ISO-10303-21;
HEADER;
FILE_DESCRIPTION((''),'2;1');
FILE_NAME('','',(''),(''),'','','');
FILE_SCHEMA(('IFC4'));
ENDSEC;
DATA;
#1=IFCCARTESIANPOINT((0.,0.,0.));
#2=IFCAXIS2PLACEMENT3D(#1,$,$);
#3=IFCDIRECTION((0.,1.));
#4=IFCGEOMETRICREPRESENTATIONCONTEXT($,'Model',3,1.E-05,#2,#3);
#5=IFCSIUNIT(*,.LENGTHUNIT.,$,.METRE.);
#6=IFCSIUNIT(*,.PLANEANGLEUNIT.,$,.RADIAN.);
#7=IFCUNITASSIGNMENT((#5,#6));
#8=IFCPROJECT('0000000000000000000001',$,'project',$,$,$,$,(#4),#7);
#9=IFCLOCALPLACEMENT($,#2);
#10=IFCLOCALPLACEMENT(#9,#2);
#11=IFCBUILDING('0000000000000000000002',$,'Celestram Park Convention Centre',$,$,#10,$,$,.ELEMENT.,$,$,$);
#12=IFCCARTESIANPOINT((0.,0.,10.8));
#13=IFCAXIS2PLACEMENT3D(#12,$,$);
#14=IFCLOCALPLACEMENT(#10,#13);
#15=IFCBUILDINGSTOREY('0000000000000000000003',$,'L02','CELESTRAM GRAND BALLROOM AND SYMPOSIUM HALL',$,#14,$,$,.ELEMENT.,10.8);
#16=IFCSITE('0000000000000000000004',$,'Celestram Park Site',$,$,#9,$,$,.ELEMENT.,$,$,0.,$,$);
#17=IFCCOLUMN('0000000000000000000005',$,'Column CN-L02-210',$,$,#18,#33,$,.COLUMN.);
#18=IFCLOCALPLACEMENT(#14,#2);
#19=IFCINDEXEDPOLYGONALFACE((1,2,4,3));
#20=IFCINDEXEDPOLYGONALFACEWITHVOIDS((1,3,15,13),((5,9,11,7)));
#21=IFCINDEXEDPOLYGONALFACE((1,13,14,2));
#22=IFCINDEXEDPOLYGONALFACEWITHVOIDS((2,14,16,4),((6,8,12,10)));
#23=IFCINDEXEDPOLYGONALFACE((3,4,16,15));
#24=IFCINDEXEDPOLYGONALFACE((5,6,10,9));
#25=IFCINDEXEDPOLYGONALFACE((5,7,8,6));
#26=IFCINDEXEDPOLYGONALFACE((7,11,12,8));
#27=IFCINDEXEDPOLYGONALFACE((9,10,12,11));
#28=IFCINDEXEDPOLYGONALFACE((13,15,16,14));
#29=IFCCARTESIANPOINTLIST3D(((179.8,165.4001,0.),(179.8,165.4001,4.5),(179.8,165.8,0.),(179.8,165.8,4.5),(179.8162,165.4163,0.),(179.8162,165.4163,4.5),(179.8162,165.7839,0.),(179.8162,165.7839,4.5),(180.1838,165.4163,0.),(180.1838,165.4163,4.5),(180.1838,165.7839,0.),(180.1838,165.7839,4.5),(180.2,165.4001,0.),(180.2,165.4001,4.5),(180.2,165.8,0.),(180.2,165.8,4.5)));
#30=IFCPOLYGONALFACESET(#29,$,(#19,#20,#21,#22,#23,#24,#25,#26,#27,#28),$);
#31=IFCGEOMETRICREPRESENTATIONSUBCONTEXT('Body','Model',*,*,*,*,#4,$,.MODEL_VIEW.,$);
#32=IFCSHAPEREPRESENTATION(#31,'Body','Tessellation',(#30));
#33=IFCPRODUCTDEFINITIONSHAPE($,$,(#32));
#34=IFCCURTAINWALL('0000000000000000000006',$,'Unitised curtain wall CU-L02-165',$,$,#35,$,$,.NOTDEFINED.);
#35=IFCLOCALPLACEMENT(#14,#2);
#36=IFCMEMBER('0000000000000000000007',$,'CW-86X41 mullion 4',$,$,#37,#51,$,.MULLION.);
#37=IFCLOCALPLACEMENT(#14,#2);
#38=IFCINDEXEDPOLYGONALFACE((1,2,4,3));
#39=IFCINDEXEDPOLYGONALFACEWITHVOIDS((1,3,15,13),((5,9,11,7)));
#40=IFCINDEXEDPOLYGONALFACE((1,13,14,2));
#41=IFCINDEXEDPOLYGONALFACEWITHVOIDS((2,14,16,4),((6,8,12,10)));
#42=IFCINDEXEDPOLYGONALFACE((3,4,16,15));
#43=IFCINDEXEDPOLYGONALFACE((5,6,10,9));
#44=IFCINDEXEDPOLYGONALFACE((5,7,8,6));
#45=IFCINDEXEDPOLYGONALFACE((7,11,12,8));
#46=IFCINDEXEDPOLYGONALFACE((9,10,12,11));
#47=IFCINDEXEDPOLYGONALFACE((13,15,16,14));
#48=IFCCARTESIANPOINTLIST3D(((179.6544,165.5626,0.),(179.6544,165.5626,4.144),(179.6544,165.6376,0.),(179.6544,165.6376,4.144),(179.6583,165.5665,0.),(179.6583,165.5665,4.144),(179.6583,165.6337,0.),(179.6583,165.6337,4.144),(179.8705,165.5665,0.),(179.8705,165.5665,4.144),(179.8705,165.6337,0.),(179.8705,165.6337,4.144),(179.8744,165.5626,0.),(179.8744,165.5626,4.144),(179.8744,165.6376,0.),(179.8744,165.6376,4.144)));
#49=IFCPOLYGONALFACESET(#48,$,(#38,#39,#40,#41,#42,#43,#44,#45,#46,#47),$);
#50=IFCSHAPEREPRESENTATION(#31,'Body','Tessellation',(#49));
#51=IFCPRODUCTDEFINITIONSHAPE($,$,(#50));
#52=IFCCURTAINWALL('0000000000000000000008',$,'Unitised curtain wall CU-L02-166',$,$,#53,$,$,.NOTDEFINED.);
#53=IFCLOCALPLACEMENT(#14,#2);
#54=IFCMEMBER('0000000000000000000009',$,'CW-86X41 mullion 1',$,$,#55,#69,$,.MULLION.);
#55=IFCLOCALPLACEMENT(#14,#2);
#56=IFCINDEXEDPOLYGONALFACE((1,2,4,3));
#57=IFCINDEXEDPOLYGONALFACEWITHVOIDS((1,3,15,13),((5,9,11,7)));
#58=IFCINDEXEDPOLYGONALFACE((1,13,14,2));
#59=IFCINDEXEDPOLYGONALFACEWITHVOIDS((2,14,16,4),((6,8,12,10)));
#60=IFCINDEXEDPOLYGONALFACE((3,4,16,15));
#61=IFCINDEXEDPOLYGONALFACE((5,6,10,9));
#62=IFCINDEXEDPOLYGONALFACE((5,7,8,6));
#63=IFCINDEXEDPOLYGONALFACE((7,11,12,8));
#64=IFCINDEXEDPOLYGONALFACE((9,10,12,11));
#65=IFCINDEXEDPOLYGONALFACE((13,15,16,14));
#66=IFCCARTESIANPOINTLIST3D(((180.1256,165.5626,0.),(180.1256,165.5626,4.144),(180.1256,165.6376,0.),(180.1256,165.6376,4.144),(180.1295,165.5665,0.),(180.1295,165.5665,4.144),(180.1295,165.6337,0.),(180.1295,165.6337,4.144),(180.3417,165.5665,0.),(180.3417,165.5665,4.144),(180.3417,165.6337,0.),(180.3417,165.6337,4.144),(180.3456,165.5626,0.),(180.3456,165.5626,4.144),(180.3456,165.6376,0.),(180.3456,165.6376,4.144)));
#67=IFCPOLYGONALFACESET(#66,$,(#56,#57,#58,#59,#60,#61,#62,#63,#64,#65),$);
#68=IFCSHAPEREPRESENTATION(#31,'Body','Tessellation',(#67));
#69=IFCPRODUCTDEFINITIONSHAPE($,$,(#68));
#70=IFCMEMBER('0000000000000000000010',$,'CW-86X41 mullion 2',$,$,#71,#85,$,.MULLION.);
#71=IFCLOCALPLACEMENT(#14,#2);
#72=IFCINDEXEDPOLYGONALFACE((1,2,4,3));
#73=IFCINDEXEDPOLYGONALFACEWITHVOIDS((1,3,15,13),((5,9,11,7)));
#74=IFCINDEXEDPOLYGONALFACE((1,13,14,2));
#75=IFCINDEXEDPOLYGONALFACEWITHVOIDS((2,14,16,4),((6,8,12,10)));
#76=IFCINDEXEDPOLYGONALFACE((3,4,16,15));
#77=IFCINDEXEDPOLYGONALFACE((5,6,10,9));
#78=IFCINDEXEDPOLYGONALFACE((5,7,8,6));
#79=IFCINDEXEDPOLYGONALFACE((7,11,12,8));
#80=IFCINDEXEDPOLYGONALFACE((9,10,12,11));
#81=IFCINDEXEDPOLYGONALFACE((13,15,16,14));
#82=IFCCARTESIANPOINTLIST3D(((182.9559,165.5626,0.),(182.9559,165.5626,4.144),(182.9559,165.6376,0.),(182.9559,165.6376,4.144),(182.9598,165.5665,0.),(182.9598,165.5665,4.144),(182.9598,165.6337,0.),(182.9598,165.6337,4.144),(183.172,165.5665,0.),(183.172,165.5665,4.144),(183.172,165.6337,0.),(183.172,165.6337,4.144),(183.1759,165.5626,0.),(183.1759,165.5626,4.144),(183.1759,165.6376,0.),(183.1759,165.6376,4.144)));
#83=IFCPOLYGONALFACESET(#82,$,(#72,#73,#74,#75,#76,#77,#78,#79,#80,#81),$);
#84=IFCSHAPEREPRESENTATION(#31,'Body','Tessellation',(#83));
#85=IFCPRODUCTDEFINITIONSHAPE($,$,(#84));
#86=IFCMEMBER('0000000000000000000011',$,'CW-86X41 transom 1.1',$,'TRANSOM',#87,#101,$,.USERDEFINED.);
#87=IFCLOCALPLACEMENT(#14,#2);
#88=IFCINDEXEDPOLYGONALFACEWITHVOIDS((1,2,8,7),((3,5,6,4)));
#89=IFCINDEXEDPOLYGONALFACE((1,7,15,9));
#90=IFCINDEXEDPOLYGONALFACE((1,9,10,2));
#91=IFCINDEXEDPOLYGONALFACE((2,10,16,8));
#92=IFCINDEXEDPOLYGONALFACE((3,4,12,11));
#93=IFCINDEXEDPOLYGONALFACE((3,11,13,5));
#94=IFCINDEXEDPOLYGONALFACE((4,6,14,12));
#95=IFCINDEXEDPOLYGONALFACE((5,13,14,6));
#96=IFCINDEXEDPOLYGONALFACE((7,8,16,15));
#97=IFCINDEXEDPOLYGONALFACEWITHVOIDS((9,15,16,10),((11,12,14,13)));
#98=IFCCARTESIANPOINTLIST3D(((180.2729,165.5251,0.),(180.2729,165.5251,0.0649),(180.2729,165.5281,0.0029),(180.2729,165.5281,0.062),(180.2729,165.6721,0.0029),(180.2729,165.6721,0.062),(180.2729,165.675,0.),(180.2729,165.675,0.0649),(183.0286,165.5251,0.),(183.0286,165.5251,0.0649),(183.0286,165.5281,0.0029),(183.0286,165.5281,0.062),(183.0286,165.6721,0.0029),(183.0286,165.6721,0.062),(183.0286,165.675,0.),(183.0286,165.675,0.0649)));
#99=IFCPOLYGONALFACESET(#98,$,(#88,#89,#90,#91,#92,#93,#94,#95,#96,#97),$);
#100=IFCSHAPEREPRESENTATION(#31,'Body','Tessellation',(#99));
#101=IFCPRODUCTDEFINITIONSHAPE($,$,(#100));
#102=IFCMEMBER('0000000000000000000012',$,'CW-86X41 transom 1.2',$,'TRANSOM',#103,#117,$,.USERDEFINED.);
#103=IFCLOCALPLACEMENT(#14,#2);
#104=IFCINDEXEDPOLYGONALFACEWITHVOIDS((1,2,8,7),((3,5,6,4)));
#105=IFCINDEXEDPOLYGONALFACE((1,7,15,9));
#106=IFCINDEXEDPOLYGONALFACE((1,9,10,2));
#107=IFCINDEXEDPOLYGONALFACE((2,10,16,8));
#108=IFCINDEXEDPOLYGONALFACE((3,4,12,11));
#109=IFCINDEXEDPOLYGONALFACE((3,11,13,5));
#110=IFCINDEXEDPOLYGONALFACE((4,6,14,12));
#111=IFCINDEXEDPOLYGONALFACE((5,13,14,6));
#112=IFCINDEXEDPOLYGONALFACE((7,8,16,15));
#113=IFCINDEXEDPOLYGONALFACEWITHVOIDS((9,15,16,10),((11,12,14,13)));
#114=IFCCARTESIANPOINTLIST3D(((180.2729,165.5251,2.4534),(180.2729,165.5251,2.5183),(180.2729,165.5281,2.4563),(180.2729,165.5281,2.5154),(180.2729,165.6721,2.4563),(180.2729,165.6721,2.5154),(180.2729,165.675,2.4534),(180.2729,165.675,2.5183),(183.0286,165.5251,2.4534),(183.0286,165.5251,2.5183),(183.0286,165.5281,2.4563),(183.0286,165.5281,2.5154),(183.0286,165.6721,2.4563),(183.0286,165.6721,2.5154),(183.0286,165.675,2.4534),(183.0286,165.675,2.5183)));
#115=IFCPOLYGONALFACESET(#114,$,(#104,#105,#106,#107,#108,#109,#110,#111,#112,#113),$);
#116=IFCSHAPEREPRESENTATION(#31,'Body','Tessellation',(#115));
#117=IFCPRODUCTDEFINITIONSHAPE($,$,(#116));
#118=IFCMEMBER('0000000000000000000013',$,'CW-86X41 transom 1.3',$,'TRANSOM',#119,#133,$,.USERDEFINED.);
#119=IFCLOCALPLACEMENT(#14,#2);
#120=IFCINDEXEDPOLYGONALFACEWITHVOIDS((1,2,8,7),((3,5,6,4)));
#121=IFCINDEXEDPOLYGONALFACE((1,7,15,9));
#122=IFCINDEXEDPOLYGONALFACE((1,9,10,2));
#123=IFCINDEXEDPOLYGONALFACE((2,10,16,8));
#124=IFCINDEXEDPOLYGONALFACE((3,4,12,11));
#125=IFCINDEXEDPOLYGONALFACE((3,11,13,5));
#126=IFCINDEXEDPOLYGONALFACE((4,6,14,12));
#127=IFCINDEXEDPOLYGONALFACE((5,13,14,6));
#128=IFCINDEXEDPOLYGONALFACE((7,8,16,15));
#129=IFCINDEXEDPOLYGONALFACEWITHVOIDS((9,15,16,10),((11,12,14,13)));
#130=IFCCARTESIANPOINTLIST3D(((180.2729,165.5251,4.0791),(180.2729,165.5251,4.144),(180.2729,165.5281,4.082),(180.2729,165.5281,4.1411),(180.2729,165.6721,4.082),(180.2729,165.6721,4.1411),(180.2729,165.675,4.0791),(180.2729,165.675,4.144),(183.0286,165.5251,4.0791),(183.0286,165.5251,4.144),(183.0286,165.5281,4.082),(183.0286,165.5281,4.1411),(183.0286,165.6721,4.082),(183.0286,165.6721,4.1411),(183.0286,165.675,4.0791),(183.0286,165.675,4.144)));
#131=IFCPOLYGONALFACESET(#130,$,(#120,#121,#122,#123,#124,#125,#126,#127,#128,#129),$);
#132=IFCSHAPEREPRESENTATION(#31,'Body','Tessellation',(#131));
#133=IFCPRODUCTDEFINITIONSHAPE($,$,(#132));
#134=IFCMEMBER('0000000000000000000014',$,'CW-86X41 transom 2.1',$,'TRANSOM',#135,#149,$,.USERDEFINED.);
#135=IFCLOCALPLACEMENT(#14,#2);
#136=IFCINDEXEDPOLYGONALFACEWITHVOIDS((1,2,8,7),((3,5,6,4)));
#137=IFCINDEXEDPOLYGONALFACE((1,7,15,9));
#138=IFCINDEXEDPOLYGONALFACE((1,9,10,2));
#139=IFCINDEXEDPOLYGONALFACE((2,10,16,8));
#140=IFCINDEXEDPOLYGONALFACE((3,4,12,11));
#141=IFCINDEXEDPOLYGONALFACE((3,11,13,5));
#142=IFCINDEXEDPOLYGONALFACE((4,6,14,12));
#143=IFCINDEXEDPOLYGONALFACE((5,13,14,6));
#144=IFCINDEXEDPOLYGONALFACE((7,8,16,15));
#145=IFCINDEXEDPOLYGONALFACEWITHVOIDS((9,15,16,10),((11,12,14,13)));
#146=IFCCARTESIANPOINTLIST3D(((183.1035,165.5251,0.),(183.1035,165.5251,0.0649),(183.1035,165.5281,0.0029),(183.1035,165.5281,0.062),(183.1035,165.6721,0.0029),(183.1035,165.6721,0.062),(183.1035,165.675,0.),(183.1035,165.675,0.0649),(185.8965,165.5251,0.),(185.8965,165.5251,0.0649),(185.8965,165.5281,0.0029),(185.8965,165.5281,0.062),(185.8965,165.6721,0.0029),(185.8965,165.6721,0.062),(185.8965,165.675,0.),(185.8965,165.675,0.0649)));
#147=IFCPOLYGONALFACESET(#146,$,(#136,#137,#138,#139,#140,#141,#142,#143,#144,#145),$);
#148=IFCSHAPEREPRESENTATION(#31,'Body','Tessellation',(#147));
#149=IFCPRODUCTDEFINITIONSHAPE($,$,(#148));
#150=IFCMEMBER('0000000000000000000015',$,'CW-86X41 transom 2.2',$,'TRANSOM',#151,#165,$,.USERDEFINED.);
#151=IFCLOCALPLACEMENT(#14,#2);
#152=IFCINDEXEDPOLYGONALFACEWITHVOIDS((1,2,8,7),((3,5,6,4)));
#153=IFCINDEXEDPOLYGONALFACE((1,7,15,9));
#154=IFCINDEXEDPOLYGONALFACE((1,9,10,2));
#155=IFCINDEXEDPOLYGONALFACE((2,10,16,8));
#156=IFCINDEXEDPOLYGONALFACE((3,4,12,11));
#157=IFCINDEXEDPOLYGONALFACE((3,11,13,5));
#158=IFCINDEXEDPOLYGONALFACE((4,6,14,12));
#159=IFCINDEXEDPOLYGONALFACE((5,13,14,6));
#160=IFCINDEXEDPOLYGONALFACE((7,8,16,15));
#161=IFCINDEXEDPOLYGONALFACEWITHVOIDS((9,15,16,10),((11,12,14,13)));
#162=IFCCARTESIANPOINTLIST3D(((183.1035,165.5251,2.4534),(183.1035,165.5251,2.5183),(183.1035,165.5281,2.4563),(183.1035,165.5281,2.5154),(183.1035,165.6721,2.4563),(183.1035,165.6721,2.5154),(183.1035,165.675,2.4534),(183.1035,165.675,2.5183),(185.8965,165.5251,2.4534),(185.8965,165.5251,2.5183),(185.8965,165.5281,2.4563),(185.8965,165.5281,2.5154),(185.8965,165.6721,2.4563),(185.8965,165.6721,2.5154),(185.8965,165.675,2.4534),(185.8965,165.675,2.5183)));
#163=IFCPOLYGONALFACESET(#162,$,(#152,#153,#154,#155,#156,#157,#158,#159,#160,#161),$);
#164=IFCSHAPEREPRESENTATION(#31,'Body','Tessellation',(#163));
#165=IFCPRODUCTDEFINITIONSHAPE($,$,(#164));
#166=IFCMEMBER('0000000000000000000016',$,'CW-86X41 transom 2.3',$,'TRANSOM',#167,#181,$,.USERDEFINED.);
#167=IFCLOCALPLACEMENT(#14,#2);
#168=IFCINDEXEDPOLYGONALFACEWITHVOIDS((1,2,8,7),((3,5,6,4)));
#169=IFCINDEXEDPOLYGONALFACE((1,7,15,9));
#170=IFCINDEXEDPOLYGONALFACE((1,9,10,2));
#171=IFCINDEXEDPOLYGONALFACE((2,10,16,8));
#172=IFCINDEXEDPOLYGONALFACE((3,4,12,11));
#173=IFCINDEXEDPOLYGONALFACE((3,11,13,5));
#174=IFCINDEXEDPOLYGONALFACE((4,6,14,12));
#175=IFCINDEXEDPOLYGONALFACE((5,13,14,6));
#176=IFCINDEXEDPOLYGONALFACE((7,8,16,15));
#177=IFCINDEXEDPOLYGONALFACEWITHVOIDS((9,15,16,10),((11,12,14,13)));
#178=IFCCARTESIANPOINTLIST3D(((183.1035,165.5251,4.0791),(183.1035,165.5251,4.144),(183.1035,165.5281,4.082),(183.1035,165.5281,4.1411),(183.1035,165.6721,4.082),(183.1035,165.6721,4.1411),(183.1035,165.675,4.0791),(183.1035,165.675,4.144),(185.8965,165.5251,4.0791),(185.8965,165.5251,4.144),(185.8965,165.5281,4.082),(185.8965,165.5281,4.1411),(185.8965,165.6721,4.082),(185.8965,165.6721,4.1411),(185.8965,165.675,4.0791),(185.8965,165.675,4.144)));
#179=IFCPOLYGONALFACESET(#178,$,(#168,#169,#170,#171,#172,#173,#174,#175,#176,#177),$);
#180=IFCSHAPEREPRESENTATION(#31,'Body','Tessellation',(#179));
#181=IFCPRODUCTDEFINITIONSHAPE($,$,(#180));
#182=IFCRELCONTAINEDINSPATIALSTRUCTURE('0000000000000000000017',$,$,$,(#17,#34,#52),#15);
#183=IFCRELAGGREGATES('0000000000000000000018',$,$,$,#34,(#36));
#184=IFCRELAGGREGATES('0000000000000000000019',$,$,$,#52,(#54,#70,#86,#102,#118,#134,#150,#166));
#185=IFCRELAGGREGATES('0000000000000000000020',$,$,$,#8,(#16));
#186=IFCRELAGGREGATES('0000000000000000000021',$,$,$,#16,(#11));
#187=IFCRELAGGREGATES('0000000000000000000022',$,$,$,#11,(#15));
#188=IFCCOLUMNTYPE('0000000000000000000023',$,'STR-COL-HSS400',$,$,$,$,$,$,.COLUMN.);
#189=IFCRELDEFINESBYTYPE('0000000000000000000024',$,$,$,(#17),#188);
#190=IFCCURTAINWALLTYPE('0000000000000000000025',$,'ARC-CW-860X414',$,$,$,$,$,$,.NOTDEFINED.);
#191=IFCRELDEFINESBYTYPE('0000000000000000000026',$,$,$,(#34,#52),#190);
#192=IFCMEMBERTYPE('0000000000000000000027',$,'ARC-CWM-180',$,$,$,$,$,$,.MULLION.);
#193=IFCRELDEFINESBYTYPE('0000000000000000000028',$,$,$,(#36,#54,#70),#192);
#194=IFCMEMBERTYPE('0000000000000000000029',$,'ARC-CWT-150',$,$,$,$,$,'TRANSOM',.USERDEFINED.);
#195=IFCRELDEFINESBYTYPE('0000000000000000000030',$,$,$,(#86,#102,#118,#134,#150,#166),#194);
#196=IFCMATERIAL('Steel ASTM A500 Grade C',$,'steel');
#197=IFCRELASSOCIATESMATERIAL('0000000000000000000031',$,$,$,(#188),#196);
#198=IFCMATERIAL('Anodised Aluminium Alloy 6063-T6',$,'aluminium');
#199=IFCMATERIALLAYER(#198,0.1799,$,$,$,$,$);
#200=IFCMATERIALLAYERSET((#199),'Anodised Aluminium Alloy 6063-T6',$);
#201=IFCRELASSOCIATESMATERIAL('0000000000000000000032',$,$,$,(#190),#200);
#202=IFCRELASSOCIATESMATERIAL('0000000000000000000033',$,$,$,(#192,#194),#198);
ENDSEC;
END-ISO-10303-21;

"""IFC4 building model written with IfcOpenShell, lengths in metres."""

from ifc_helpers import new_model, si_unit, direction, frame, origin, origin_2d, place, context, subcontext, project, spatial, hollow_rectangle, extrude, material, layer, layer_set, material_profile, profile_set, type_object, element, aggregate, save


model = new_model("IFC4")

# Units and contexts
model_context = context("Model", 3, precision=1e-05, world=origin(), true_north=direction((0.0, 1.0)))
body_context = subcontext(model_context, "Body", "Model", "MODEL_VIEW")
ifc_project = project(units=[si_unit("LENGTHUNIT", "METRE"), si_unit("PLANEANGLEUNIT", "RADIAN")], contexts=[model_context])

# Site, building, storey
site_placement = place(None, origin())
site = spatial("IfcSite", under=ifc_project, at=site_placement, Name="Celestram Park Site", CompositionType="ELEMENT", RefElevation=0.0)
building_placement = place(site_placement, origin())
building = spatial("IfcBuilding", under=site, at=building_placement, Name="Celestram Park Convention Centre", CompositionType="ELEMENT")
storey_placement = place(building_placement, frame((0.0, 0.0, 10.8)))
storey = spatial("IfcBuildingStorey", under=building, at=storey_placement, Name="L02", Description="CELESTRAM GRAND BALLROOM AND SYMPOSIUM HALL", CompositionType="ELEMENT", Elevation=10.8)

# Column
ifc_material_1 = material(Name="Steel ASTM A500 Grade C", Category="steel")
ifc_material_profile_1 = material_profile(ifc_material_1, hollow_rectangle(XDim=0.3999, YDim=0.3999, WallThickness=0.0161, at=origin_2d()), Name="HSS400X400X16")
ifc_profile_set_1 = profile_set([ifc_material_profile_1], Name="Steel ASTM A500 Grade C")
column_type = type_object("IfcColumnType", Name="STR-COL-HSS400", PredefinedType="COLUMN", material=ifc_profile_set_1)
column_placement = place(storey_placement, frame((180.0, 165.6001, 0.0), z_axis=(0.0, 0.0, 1.0), x_axis=(1.0, 0.0, 0.0)))
element("IfcColumn", 1, at=column_placement, inside=storey, type_object=column_type, Name="Column CN-L02-210", PredefinedType="COLUMN", context=body_context, shape_type="SweptSolid", body=[
    extrude(hollow_rectangle(XDim=0.3999, YDim=0.3999, WallThickness=0.0161, at=origin_2d()), origin(), (0.0, 0.0, 1.0), 4.5),
])

# Curtain wall, member
ifc_material_2 = material(Name="Anodised Aluminium Alloy 6063-T6", Category="aluminium")
ifc_layer_1 = layer(ifc_material_2, 0.1799)
ifc_layer_set_1 = layer_set([ifc_layer_1], Name="Anodised Aluminium Alloy 6063-T6")
curtain_wall_type = type_object("IfcCurtainWallType", Name="ARC-CW-860X414", PredefinedType="NOTDEFINED", material=ifc_layer_set_1)
curtain_wall_1_placement = place(storey_placement, origin())
curtain_wall_1 = element("IfcCurtainWall", 2, at=curtain_wall_1_placement, inside=storey, type_object=curtain_wall_type, Name="Unitised curtain wall CU-L02-165", PredefinedType="NOTDEFINED")
ifc_material_profile_2 = material_profile(ifc_material_2, hollow_rectangle(XDim=0.075, YDim=0.22, WallThickness=0.0039, at=origin_2d()), Name="ALU75X220X4")
ifc_profile_set_2 = profile_set([ifc_material_profile_2], Name="Anodised Aluminium Alloy 6063-T6")
member_type_1 = type_object("IfcMemberType", Name="ARC-CWM-180", PredefinedType="MULLION", material=ifc_profile_set_2)
member_1_placement = place(storey_placement, frame((179.7644, 165.6001, 0.0), z_axis=(0.0, 0.0, 1.0), x_axis=(0.0, 1.0, 0.0)))
member_1 = element("IfcMember", 3, at=member_1_placement, type_object=member_type_1, Name="CW-86X41 mullion 4", PredefinedType="MULLION", context=body_context, shape_type="SweptSolid", body=[
    extrude(hollow_rectangle(XDim=0.075, YDim=0.22, WallThickness=0.0039, at=origin_2d()), origin(), (0.0, 0.0, 1.0), 4.144),
])

# Curtain wall, members
curtain_wall_2_placement = place(storey_placement, origin())
curtain_wall_2 = element("IfcCurtainWall", 4, at=curtain_wall_2_placement, inside=storey, type_object=curtain_wall_type, Name="Unitised curtain wall CU-L02-166", PredefinedType="NOTDEFINED")
member_2_placement = place(storey_placement, frame((180.2356, 165.6001, 0.0), z_axis=(0.0, 0.0, 1.0), x_axis=(0.0, 1.0, 0.0)))
member_2 = element("IfcMember", 5, at=member_2_placement, type_object=member_type_1, Name="CW-86X41 mullion 1", PredefinedType="MULLION", context=body_context, shape_type="SweptSolid", body=[
    extrude(hollow_rectangle(XDim=0.075, YDim=0.22, WallThickness=0.0039, at=origin_2d()), origin(), (0.0, 0.0, 1.0), 4.144),
])
member_3_placement = place(storey_placement, frame((183.0659, 165.6001, 0.0), z_axis=(0.0, 0.0, 1.0), x_axis=(0.0, 1.0, 0.0)))
member_3 = element("IfcMember", 6, at=member_3_placement, type_object=member_type_1, Name="CW-86X41 mullion 2", PredefinedType="MULLION", context=body_context, shape_type="SweptSolid", body=[
    extrude(hollow_rectangle(XDim=0.075, YDim=0.22, WallThickness=0.0039, at=origin_2d()), origin(), (0.0, 0.0, 1.0), 4.144),
])
ifc_material_profile_3 = material_profile(ifc_material_2, hollow_rectangle(XDim=0.1499, YDim=0.0649, WallThickness=0.0029, at=origin_2d()), Name="ALU150X65X3")
ifc_profile_set_3 = profile_set([ifc_material_profile_3], Name="Anodised Aluminium Alloy 6063-T6")
member_type_2 = type_object("IfcMemberType", Name="ARC-CWT-150", ElementType="TRANSOM", PredefinedType="USERDEFINED", material=ifc_profile_set_3)
member_4_placement = place(storey_placement, frame((180.2729, 165.6001, 0.0325), z_axis=(1.0, 0.0, 0.0), x_axis=(0.0, 1.0, 0.0)))
member_4 = element("IfcMember", 7, at=member_4_placement, type_object=member_type_2, Name="CW-86X41 transom 1.1", ObjectType="TRANSOM", PredefinedType="USERDEFINED", context=body_context, shape_type="SweptSolid", body=[
    extrude(hollow_rectangle(XDim=0.1499, YDim=0.0649, WallThickness=0.0029, at=origin_2d()), origin(), (0.0, 0.0, 1.0), 2.7556),
])
member_5_placement = place(storey_placement, frame((180.2729, 165.6001, 2.4858), z_axis=(1.0, 0.0, 0.0), x_axis=(0.0, 1.0, 0.0)))
member_5 = element("IfcMember", 8, at=member_5_placement, type_object=member_type_2, Name="CW-86X41 transom 1.2", ObjectType="TRANSOM", PredefinedType="USERDEFINED", context=body_context, shape_type="SweptSolid", body=[
    extrude(hollow_rectangle(XDim=0.1499, YDim=0.0649, WallThickness=0.0029, at=origin_2d()), origin(), (0.0, 0.0, 1.0), 2.7556),
])
member_6_placement = place(storey_placement, frame((180.2729, 165.6001, 4.1116), z_axis=(1.0, 0.0, 0.0), x_axis=(0.0, 1.0, 0.0)))
member_6 = element("IfcMember", 9, at=member_6_placement, type_object=member_type_2, Name="CW-86X41 transom 1.3", ObjectType="TRANSOM", PredefinedType="USERDEFINED", context=body_context, shape_type="SweptSolid", body=[
    extrude(hollow_rectangle(XDim=0.1499, YDim=0.0649, WallThickness=0.0029, at=origin_2d()), origin(), (0.0, 0.0, 1.0), 2.7556),
])
member_7_placement = place(storey_placement, frame((183.1035, 165.6001, 0.0325), z_axis=(1.0, 0.0, 0.0), x_axis=(0.0, 1.0, 0.0)))
member_7 = element("IfcMember", 10, at=member_7_placement, type_object=member_type_2, Name="CW-86X41 transom 2.1", ObjectType="TRANSOM", PredefinedType="USERDEFINED", context=body_context, shape_type="SweptSolid", body=[
    extrude(hollow_rectangle(XDim=0.1499, YDim=0.0649, WallThickness=0.0029, at=origin_2d()), origin(), (0.0, 0.0, 1.0), 2.793),
])
member_8_placement = place(storey_placement, frame((183.1035, 165.6001, 2.4858), z_axis=(1.0, 0.0, 0.0), x_axis=(0.0, 1.0, 0.0)))
member_8 = element("IfcMember", 11, at=member_8_placement, type_object=member_type_2, Name="CW-86X41 transom 2.2", ObjectType="TRANSOM", PredefinedType="USERDEFINED", context=body_context, shape_type="SweptSolid", body=[
    extrude(hollow_rectangle(XDim=0.1499, YDim=0.0649, WallThickness=0.0029, at=origin_2d()), origin(), (0.0, 0.0, 1.0), 2.793),
])
member_9_placement = place(storey_placement, frame((183.1035, 165.6001, 4.1116), z_axis=(1.0, 0.0, 0.0), x_axis=(0.0, 1.0, 0.0)))
member_9 = element("IfcMember", 12, at=member_9_placement, type_object=member_type_2, Name="CW-86X41 transom 2.3", ObjectType="TRANSOM", PredefinedType="USERDEFINED", context=body_context, shape_type="SweptSolid", body=[
    extrude(hollow_rectangle(XDim=0.1499, YDim=0.0649, WallThickness=0.0029, at=origin_2d()), origin(), (0.0, 0.0, 1.0), 2.793),
])

aggregate(curtain_wall_1, [member_1])
aggregate(curtain_wall_2, [member_2, member_3, member_4, member_5, member_6, member_7, member_8, member_9])

save(model, "model.ifc")
